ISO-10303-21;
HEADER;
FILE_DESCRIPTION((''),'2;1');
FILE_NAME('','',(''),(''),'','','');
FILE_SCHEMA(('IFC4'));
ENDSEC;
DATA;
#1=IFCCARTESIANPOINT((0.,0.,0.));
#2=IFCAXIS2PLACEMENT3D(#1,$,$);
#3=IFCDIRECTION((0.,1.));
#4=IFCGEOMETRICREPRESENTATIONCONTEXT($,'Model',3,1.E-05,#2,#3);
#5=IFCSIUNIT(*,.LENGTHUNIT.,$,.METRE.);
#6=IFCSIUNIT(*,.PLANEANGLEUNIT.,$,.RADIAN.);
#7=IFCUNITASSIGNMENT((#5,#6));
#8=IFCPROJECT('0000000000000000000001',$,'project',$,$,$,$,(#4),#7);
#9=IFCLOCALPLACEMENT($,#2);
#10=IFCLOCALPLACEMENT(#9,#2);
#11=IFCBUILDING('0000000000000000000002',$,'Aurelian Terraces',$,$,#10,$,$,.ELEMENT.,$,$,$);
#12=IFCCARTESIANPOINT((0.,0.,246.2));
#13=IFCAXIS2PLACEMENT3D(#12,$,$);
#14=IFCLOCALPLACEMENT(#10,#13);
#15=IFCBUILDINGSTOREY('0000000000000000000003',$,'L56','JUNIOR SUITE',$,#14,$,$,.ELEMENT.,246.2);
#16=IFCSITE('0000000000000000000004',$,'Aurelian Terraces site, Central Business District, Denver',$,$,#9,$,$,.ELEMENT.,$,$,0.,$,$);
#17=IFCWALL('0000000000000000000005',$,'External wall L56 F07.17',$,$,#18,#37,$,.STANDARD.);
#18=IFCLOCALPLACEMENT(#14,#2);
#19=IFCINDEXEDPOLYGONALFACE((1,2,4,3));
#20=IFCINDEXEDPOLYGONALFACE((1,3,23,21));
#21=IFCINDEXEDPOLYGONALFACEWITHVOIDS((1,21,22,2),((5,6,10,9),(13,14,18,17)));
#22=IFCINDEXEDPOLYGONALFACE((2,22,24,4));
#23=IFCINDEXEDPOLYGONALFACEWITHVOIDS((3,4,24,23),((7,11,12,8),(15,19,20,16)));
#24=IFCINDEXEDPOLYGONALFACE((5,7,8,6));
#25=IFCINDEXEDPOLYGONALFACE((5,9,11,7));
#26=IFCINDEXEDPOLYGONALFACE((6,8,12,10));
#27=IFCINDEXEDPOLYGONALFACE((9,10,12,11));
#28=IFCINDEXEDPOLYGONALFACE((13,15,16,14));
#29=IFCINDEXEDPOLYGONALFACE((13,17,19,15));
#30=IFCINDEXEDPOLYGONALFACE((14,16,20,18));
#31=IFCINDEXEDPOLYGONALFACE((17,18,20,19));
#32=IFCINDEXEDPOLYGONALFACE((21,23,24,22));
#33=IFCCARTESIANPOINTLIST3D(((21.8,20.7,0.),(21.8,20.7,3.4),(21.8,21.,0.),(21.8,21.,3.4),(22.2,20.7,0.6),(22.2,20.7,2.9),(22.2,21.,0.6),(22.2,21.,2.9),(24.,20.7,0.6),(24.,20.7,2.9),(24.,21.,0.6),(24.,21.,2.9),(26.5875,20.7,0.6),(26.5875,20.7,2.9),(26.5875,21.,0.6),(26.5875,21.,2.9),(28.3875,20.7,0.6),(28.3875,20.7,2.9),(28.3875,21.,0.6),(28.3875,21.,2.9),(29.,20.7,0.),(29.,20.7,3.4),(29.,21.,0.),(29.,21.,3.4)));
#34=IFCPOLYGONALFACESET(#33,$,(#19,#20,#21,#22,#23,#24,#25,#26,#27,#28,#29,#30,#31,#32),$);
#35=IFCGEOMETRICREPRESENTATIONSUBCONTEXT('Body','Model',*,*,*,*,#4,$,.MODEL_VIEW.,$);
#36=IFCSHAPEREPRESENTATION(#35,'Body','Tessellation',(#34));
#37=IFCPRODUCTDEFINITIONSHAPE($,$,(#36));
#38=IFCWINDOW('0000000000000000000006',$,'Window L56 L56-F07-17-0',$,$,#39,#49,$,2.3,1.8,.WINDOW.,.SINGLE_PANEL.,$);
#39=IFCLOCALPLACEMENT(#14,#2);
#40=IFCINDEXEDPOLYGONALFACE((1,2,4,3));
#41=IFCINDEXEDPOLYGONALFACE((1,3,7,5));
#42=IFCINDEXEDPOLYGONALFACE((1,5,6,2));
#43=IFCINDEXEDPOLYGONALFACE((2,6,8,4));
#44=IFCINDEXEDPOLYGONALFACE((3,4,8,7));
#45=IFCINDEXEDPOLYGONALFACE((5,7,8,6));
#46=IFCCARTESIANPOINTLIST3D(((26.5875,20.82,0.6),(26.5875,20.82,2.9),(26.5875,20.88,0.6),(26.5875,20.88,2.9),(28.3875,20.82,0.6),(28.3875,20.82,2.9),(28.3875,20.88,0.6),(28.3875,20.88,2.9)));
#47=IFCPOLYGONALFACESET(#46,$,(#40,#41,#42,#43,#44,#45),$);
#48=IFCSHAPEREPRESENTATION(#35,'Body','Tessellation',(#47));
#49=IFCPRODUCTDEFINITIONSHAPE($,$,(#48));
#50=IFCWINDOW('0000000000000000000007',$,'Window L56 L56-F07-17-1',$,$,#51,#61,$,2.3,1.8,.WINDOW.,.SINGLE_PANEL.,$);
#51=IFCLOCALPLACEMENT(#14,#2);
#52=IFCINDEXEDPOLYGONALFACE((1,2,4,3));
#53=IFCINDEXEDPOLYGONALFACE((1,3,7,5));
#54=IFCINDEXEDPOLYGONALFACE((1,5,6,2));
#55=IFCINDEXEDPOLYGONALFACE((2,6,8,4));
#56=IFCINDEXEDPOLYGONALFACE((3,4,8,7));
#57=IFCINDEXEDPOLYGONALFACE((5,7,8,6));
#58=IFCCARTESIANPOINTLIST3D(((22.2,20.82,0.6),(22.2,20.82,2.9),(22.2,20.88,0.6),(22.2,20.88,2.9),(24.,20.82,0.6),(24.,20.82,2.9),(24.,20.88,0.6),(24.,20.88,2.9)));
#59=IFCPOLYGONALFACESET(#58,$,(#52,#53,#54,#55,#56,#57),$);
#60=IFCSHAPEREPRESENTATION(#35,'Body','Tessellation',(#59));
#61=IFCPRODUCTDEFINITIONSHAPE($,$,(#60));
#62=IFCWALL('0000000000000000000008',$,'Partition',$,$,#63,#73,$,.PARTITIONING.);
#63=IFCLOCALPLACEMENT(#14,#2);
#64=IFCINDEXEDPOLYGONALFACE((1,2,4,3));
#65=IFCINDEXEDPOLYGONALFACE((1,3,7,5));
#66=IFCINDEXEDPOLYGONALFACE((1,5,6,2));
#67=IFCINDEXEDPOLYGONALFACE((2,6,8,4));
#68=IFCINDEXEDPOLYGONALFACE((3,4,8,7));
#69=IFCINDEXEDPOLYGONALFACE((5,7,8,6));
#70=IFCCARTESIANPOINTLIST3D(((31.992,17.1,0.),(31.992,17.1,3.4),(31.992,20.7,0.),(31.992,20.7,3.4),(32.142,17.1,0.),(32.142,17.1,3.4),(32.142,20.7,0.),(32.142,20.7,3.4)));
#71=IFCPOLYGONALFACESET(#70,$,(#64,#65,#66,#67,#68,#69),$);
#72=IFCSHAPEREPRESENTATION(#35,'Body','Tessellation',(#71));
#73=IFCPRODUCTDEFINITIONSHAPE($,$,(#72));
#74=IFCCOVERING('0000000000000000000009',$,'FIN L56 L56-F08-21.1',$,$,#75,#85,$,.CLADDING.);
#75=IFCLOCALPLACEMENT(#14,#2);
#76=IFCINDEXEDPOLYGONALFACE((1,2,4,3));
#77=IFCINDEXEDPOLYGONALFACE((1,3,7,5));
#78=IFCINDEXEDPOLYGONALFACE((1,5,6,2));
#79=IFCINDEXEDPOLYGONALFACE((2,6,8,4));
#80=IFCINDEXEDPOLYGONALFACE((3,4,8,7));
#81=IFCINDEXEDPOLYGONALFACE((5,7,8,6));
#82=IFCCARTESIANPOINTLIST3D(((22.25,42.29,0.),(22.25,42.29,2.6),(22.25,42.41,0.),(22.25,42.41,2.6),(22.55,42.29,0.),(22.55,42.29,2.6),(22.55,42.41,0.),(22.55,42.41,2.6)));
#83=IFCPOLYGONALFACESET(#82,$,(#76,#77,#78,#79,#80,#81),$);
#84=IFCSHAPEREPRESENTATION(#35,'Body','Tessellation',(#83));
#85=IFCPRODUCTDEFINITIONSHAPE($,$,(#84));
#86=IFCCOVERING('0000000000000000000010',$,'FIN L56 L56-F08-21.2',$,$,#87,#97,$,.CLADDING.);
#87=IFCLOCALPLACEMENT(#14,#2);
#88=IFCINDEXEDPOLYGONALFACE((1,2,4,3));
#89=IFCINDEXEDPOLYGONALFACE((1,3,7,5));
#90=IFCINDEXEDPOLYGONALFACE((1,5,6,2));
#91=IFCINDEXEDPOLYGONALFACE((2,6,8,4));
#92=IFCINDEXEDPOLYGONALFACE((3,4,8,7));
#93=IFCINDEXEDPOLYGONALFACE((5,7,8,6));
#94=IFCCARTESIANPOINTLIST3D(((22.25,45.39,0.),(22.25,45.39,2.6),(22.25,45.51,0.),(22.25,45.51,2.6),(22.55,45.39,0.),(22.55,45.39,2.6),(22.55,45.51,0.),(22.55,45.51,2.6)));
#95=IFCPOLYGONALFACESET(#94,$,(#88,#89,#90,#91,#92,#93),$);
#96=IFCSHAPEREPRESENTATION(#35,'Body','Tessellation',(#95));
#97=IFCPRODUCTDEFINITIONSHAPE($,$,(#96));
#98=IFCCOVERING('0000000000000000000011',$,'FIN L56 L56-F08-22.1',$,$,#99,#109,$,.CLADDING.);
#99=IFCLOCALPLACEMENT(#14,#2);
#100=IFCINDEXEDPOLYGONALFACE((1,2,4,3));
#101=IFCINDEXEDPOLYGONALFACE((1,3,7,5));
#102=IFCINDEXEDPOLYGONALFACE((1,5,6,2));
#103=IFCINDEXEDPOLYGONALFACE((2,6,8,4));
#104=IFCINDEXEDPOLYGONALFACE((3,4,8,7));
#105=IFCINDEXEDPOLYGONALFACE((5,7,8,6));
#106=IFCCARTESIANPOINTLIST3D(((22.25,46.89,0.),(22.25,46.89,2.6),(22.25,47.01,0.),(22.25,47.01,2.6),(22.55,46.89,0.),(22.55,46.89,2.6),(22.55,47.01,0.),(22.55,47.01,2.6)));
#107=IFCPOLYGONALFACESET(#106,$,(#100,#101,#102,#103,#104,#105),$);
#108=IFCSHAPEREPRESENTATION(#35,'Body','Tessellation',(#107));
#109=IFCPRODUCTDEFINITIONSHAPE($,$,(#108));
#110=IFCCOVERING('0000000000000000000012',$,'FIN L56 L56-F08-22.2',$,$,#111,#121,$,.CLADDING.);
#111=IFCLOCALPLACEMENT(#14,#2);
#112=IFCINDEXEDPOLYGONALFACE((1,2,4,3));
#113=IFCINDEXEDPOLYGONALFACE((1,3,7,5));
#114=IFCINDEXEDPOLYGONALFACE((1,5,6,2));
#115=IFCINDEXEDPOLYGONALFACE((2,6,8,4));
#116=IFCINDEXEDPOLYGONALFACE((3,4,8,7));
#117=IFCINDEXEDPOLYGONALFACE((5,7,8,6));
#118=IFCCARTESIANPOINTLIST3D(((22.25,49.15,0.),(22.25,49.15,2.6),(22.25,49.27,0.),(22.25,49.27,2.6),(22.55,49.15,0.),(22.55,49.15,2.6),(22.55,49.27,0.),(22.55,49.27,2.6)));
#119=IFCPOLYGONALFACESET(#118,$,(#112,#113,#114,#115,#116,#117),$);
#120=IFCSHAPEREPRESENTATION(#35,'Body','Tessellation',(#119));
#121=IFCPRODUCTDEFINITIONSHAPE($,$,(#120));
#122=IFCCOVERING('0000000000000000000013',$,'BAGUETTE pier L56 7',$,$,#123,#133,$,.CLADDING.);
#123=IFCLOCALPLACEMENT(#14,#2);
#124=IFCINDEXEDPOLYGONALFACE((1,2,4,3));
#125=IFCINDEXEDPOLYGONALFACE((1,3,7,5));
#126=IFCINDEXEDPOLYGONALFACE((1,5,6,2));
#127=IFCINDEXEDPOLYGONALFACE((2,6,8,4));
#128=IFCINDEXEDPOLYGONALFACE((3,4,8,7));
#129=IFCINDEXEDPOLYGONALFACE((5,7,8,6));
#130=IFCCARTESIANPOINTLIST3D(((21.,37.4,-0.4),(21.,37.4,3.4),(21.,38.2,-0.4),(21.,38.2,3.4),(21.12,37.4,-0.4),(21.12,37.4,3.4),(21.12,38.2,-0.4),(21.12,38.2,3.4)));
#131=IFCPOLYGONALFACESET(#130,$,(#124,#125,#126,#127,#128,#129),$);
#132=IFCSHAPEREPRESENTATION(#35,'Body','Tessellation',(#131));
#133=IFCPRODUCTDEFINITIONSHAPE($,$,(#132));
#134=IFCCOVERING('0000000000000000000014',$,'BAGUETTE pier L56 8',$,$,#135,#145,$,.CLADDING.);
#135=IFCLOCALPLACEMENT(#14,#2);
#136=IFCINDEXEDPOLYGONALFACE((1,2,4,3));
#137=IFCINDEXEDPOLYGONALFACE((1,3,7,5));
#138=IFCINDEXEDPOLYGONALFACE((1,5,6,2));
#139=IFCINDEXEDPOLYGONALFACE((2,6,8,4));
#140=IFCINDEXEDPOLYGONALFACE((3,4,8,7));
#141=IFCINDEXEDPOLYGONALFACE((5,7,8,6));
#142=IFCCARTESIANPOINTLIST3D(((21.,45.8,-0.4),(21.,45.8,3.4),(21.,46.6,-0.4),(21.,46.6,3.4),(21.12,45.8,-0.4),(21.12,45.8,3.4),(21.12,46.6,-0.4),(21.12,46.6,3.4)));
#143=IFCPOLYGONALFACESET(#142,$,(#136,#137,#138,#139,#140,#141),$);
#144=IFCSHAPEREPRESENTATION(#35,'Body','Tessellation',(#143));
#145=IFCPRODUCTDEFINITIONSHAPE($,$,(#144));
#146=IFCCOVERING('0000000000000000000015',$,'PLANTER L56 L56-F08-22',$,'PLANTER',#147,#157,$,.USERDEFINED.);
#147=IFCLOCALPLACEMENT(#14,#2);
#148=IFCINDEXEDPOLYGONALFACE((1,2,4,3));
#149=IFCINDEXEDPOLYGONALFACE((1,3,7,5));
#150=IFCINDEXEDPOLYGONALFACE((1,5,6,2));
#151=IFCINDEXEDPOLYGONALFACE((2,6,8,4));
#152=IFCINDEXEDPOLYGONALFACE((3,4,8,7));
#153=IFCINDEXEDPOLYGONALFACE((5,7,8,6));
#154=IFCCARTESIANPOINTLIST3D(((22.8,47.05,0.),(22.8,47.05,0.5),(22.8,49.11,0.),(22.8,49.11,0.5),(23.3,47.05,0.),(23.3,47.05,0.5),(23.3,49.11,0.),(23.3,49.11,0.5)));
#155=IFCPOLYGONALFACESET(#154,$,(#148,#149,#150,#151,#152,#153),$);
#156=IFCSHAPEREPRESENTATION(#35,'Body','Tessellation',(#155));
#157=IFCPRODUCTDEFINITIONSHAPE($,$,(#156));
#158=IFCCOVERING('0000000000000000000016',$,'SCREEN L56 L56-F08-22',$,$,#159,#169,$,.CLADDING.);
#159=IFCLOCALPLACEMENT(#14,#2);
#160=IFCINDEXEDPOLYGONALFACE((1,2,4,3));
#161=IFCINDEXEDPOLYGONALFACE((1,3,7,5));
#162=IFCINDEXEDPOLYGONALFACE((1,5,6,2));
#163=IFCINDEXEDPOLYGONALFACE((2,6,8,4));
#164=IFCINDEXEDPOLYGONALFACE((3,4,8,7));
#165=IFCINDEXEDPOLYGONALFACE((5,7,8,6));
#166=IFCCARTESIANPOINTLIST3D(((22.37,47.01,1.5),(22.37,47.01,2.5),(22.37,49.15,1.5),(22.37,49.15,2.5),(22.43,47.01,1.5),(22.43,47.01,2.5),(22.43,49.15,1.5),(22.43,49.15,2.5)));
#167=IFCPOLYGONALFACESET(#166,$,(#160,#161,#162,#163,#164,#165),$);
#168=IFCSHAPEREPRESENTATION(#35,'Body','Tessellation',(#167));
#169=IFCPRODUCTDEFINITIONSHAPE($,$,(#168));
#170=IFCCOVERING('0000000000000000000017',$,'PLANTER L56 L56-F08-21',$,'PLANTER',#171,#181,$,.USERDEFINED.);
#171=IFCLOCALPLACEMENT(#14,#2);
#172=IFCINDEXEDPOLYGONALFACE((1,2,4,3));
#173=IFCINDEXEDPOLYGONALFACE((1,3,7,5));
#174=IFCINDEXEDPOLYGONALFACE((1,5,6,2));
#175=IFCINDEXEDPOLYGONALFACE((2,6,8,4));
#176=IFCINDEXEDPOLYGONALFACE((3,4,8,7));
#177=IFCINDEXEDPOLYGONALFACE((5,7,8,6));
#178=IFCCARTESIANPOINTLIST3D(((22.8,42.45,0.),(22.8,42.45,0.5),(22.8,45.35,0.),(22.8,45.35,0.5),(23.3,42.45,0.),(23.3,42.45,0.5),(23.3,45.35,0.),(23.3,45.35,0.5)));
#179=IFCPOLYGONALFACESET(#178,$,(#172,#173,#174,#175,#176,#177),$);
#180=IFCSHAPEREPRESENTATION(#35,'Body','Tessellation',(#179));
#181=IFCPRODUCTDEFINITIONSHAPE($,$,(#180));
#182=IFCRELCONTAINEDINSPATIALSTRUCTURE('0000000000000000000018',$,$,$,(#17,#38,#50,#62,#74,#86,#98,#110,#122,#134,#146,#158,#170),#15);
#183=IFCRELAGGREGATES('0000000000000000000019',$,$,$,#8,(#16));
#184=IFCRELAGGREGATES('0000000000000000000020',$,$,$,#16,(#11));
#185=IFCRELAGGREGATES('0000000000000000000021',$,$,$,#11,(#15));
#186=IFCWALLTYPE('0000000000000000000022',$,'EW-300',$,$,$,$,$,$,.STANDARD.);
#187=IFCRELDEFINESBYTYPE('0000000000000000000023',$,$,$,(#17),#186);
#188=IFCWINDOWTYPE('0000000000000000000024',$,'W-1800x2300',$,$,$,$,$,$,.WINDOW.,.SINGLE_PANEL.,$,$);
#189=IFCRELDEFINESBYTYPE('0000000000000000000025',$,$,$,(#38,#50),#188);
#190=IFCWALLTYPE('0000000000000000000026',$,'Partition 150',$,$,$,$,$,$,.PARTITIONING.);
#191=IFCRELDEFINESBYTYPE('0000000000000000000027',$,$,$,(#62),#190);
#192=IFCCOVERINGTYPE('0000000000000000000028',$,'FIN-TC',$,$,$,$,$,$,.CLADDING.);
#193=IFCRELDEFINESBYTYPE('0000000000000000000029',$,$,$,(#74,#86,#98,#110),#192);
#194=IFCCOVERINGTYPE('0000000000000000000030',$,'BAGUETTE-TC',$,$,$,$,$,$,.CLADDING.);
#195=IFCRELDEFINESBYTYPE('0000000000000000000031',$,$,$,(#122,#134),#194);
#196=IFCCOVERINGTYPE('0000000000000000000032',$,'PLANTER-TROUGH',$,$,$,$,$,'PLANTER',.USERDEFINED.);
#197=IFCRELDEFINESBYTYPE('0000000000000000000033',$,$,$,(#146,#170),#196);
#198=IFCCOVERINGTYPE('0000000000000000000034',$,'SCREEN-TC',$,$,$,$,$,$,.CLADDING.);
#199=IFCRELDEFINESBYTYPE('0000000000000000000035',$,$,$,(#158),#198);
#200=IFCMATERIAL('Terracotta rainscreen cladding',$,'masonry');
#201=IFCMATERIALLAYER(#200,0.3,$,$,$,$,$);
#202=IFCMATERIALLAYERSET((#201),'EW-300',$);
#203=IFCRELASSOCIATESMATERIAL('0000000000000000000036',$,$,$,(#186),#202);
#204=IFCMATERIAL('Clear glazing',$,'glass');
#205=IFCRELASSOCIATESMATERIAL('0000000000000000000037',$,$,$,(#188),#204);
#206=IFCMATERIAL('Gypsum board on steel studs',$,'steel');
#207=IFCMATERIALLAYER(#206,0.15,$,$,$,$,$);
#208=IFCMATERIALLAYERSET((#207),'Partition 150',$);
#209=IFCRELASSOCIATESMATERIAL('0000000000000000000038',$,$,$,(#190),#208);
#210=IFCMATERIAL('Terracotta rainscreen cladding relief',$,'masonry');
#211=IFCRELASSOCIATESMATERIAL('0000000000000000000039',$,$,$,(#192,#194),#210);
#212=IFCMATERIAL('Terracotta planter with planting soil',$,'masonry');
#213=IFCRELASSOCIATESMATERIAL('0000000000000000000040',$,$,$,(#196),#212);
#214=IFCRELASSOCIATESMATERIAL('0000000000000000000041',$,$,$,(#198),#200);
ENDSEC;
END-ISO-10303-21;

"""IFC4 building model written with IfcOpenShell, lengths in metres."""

from ifc_helpers import new_model, si_unit, direction, frame, frame_2d, origin, origin_2d, place, context, subcontext, project, spatial, rectangle, extrude, source, transform, mapped, material, layer, layer_set, type_object, element, fill, save


model = new_model("IFC4")

# Units and contexts
model_context = context("Model", 3, precision=1e-05, world=origin(), true_north=direction((0.0, 1.0)))
body_context = subcontext(model_context, "Body", "Model", "MODEL_VIEW")
ifc_project = project(units=[si_unit("LENGTHUNIT", "METRE"), si_unit("PLANEANGLEUNIT", "RADIAN")], contexts=[model_context])

# Site, building, storey
site_placement = place(None, origin())
site = spatial("IfcSite", under=ifc_project, at=site_placement, Name="Aurelian Terraces site, Central Business District, Denver", CompositionType="ELEMENT", RefElevation=0.0)
building_placement = place(site_placement, origin())
building = spatial("IfcBuilding", under=site, at=building_placement, Name="Aurelian Terraces", CompositionType="ELEMENT")
storey_placement = place(building_placement, frame((0.0, 0.0, 246.2)))
storey = spatial("IfcBuildingStorey", under=building, at=storey_placement, Name="L56", Description="JUNIOR SUITE", CompositionType="ELEMENT", Elevation=246.2)

# Shared definitions
ifc_material_1 = material(Name="Clear glazing", Category="glass")

# Shared definitions
ifc_material_2 = material(Name="Terracotta rainscreen cladding", Category="masonry")
ifc_layer_1 = layer(ifc_material_2, 0.3)
ifc_layer_set_1 = layer_set([ifc_layer_1], Name="EW-300")
wall_type_1 = type_object("IfcWallType", Name="EW-300", PredefinedType="STANDARD", material=ifc_layer_set_1)
shared_shape_1 = source(origin(), body_context, "Body", "SweptSolid", [
    extrude(rectangle(XDim=7.2, YDim=0.3, at=frame_2d((3.6, 0.0))), origin(), (0.0, 0.0, 1.0), 3.4),
])
shared_shape_2 = source(origin(), body_context, "Body", "SweptSolid", [
    extrude(rectangle(XDim=1.8, YDim=2.3, at=frame_2d((0.9, 1.15))), frame((0.0, 0.16, 0.0), z_axis=(0.0, -1.0, 0.0), x_axis=(1.0, 0.0, 0.0)), (0.0, 0.0, 1.0), 0.32),
])
window_type_1 = type_object("IfcWindowType", Name="W-1800x2300", PartitioningType="SINGLE_PANEL", PredefinedType="WINDOW", material=ifc_material_1)
shared_shape_3 = source(origin(), body_context, "Body", "SweptSolid", [
    extrude(rectangle(XDim=1.8, YDim=2.3, at=frame_2d((0.9, 1.15))), frame((0.0, 0.03, 0.0), z_axis=(0.0, -1.0, 0.0), x_axis=(1.0, 0.0, 0.0)), (0.0, 0.0, 1.0), 0.06),
])

# Wall, openings, windows
wall_1_placement = place(storey_placement, frame((29.0, 20.85, 0.0), z_axis=(0.0, 0.0, 1.0), x_axis=(-1.0, 0.0, 0.0)))
wall_1 = element("IfcWall", 1, at=wall_1_placement, inside=storey, type_object=wall_type_1, Name="External wall L56 F07.17", PredefinedType="STANDARD", context=body_context, shape_type="MappedRepresentation", body=[
    mapped(shared_shape_1, transform((0.0, 0.0, 0.0), scale=1.0)),
])
opening_1_placement = place(wall_1_placement, frame((0.6125, 0.0, 0.6)))
opening_1 = element("IfcOpeningElement", 2, at=opening_1_placement, cuts=wall_1, PredefinedType="OPENING", context=body_context, shape_type="MappedRepresentation", body=[
    mapped(shared_shape_2, transform((0.0, 0.0, 0.0), scale=1.0)),
])
opening_2_placement = place(wall_1_placement, frame((5.0, 0.0, 0.6)))
opening_2 = element("IfcOpeningElement", 3, at=opening_2_placement, cuts=wall_1, PredefinedType="OPENING", context=body_context, shape_type="MappedRepresentation", body=[
    mapped(shared_shape_2, transform((0.0, 0.0, 0.0), scale=1.0)),
])
window_1_placement = place(opening_1_placement, origin())
window_1 = element("IfcWindow", 4, at=window_1_placement, inside=storey, type_object=window_type_1, Name="Window L56 L56-F07-17-0", OverallHeight=2.3, OverallWidth=1.8, PartitioningType="SINGLE_PANEL", PredefinedType="WINDOW", context=body_context, shape_type="MappedRepresentation", body=[
    mapped(shared_shape_3, transform((0.0, 0.0, 0.0), scale=1.0)),
])
fill(opening_1, window_1)
window_2_placement = place(opening_2_placement, origin())
window_2 = element("IfcWindow", 5, at=window_2_placement, inside=storey, type_object=window_type_1, Name="Window L56 L56-F07-17-1", OverallHeight=2.3, OverallWidth=1.8, PartitioningType="SINGLE_PANEL", PredefinedType="WINDOW", context=body_context, shape_type="MappedRepresentation", body=[
    mapped(shared_shape_3, transform((0.0, 0.0, 0.0), scale=1.0)),
])
fill(opening_2, window_2)

# Wall
ifc_material_3 = material(Name="Gypsum board on steel studs", Category="steel")
ifc_layer_2 = layer(ifc_material_3, 0.15)
ifc_layer_set_2 = layer_set([ifc_layer_2], Name="Partition 150")
wall_type_2 = type_object("IfcWallType", Name="Partition 150", PredefinedType="PARTITIONING", material=ifc_layer_set_2)
shared_shape_4 = source(origin(), body_context, "Body", "SweptSolid", [
    extrude(rectangle(XDim=3.6, YDim=0.15, at=frame_2d((1.8, 0.0))), origin(), (0.0, 0.0, 1.0), 3.4),
])
wall_2_placement = place(storey_placement, frame((32.067, 20.7, 0.0), z_axis=(0.0, 0.0, 1.0), x_axis=(0.0, -1.0, 0.0)))
element("IfcWall", 6, at=wall_2_placement, inside=storey, type_object=wall_type_2, Name="Partition", PredefinedType="PARTITIONING", context=body_context, shape_type="MappedRepresentation", body=[
    mapped(shared_shape_4, transform((0.0, 0.0, 0.0), scale=1.0)),
])

# Coverings
ifc_material_4 = material(Name="Terracotta rainscreen cladding relief", Category="masonry")
covering_type_1 = type_object("IfcCoveringType", Name="FIN-TC", PredefinedType="CLADDING", material=ifc_material_4)
shared_shape_5 = source(origin(), body_context, "Body", "SweptSolid", [
    extrude(rectangle(XDim=0.3, YDim=0.12, at=origin_2d()), origin(), (0.0, 0.0, 1.0), 2.6),
])
for number, where, z_axis, x_axis, name in (
    (7, (22.4, 42.35, 0.0), (0.0, 0.0, 1.0), (1.0, 0.0, 0.0), "FIN L56 L56-F08-21.1"),
    (8, (22.4, 45.45, 0.0), (0.0, 0.0, 1.0), (1.0, 0.0, 0.0), "FIN L56 L56-F08-21.2"),
    (9, (22.4, 46.95, 0.0), (0.0, 0.0, 1.0), (1.0, 0.0, 0.0), "FIN L56 L56-F08-22.1"),
    (10, (22.4, 49.21, 0.0), (0.0, 0.0, 1.0), (1.0, 0.0, 0.0), "FIN L56 L56-F08-22.2"),
):
    element("IfcCovering", number, at=place(storey_placement, frame(where, z_axis=z_axis, x_axis=x_axis)), inside=storey, type_object=covering_type_1, Name=name, PredefinedType="CLADDING", context=body_context, shape_type="MappedRepresentation", body=[
        mapped(shared_shape_5, transform((0.0, 0.0, 0.0), scale=1.0)),
    ])
covering_type_2 = type_object("IfcCoveringType", Name="BAGUETTE-TC", PredefinedType="CLADDING", material=ifc_material_4)
shared_shape_6 = source(origin(), body_context, "Body", "SweptSolid", [
    extrude(rectangle(XDim=0.12, YDim=0.8, at=origin_2d()), origin(), (0.0, 0.0, 1.0), 3.8),
])
for number, where, z_axis, x_axis, name in (
    (11, (21.06, 37.8, -0.4), (0.0, 0.0, 1.0), (1.0, 0.0, 0.0), "BAGUETTE pier L56 7"),
    (12, (21.06, 46.2, -0.4), (0.0, 0.0, 1.0), (1.0, 0.0, 0.0), "BAGUETTE pier L56 8"),
):
    element("IfcCovering", number, at=place(storey_placement, frame(where, z_axis=z_axis, x_axis=x_axis)), inside=storey, type_object=covering_type_2, Name=name, PredefinedType="CLADDING", context=body_context, shape_type="MappedRepresentation", body=[
        mapped(shared_shape_6, transform((0.0, 0.0, 0.0), scale=1.0)),
    ])
ifc_material_5 = material(Name="Terracotta planter with planting soil", Category="masonry")
covering_type_3 = type_object("IfcCoveringType", Name="PLANTER-TROUGH", ElementType="PLANTER", PredefinedType="USERDEFINED", material=ifc_material_5)
shared_shape_7 = source(origin(), body_context, "Body", "SweptSolid", [
    extrude(rectangle(XDim=0.5, YDim=2.06, at=origin_2d()), origin(), (0.0, 0.0, 1.0), 0.5),
])
covering_1_placement = place(storey_placement, frame((23.05, 48.08, 0.0), z_axis=(0.0, 0.0, 1.0), x_axis=(1.0, 0.0, 0.0)))
element("IfcCovering", 13, at=covering_1_placement, inside=storey, type_object=covering_type_3, Name="PLANTER L56 L56-F08-22", ObjectType="PLANTER", PredefinedType="USERDEFINED", context=body_context, shape_type="MappedRepresentation", body=[
    mapped(shared_shape_7, transform((0.0, 0.0, 0.0), scale=1.0)),
])
covering_type_4 = type_object("IfcCoveringType", Name="SCREEN-TC", PredefinedType="CLADDING", material=ifc_material_2)
shared_shape_8 = source(origin(), body_context, "Body", "SweptSolid", [
    extrude(rectangle(XDim=0.06, YDim=2.14, at=origin_2d()), origin(), (0.0, 0.0, 1.0), 1.0),
])
covering_2_placement = place(storey_placement, frame((22.4, 48.08, 1.5), z_axis=(0.0, 0.0, 1.0), x_axis=(1.0, 0.0, 0.0)))
element("IfcCovering", 14, at=covering_2_placement, inside=storey, type_object=covering_type_4, Name="SCREEN L56 L56-F08-22", PredefinedType="CLADDING", context=body_context, shape_type="MappedRepresentation", body=[
    mapped(shared_shape_8, transform((0.0, 0.0, 0.0), scale=1.0)),
])
shared_shape_9 = source(origin(), body_context, "Body", "SweptSolid", [
    extrude(rectangle(XDim=0.5, YDim=2.9, at=origin_2d()), origin(), (0.0, 0.0, 1.0), 0.5),
])
covering_3_placement = place(storey_placement, frame((23.05, 43.9, 0.0), z_axis=(0.0, 0.0, 1.0), x_axis=(1.0, 0.0, 0.0)))
element("IfcCovering", 15, at=covering_3_placement, inside=storey, type_object=covering_type_3, Name="PLANTER L56 L56-F08-21", ObjectType="PLANTER", PredefinedType="USERDEFINED", context=body_context, shape_type="MappedRepresentation", body=[
    mapped(shared_shape_9, transform((0.0, 0.0, 0.0), scale=1.0)),
])

save(model, "model.ifc")
